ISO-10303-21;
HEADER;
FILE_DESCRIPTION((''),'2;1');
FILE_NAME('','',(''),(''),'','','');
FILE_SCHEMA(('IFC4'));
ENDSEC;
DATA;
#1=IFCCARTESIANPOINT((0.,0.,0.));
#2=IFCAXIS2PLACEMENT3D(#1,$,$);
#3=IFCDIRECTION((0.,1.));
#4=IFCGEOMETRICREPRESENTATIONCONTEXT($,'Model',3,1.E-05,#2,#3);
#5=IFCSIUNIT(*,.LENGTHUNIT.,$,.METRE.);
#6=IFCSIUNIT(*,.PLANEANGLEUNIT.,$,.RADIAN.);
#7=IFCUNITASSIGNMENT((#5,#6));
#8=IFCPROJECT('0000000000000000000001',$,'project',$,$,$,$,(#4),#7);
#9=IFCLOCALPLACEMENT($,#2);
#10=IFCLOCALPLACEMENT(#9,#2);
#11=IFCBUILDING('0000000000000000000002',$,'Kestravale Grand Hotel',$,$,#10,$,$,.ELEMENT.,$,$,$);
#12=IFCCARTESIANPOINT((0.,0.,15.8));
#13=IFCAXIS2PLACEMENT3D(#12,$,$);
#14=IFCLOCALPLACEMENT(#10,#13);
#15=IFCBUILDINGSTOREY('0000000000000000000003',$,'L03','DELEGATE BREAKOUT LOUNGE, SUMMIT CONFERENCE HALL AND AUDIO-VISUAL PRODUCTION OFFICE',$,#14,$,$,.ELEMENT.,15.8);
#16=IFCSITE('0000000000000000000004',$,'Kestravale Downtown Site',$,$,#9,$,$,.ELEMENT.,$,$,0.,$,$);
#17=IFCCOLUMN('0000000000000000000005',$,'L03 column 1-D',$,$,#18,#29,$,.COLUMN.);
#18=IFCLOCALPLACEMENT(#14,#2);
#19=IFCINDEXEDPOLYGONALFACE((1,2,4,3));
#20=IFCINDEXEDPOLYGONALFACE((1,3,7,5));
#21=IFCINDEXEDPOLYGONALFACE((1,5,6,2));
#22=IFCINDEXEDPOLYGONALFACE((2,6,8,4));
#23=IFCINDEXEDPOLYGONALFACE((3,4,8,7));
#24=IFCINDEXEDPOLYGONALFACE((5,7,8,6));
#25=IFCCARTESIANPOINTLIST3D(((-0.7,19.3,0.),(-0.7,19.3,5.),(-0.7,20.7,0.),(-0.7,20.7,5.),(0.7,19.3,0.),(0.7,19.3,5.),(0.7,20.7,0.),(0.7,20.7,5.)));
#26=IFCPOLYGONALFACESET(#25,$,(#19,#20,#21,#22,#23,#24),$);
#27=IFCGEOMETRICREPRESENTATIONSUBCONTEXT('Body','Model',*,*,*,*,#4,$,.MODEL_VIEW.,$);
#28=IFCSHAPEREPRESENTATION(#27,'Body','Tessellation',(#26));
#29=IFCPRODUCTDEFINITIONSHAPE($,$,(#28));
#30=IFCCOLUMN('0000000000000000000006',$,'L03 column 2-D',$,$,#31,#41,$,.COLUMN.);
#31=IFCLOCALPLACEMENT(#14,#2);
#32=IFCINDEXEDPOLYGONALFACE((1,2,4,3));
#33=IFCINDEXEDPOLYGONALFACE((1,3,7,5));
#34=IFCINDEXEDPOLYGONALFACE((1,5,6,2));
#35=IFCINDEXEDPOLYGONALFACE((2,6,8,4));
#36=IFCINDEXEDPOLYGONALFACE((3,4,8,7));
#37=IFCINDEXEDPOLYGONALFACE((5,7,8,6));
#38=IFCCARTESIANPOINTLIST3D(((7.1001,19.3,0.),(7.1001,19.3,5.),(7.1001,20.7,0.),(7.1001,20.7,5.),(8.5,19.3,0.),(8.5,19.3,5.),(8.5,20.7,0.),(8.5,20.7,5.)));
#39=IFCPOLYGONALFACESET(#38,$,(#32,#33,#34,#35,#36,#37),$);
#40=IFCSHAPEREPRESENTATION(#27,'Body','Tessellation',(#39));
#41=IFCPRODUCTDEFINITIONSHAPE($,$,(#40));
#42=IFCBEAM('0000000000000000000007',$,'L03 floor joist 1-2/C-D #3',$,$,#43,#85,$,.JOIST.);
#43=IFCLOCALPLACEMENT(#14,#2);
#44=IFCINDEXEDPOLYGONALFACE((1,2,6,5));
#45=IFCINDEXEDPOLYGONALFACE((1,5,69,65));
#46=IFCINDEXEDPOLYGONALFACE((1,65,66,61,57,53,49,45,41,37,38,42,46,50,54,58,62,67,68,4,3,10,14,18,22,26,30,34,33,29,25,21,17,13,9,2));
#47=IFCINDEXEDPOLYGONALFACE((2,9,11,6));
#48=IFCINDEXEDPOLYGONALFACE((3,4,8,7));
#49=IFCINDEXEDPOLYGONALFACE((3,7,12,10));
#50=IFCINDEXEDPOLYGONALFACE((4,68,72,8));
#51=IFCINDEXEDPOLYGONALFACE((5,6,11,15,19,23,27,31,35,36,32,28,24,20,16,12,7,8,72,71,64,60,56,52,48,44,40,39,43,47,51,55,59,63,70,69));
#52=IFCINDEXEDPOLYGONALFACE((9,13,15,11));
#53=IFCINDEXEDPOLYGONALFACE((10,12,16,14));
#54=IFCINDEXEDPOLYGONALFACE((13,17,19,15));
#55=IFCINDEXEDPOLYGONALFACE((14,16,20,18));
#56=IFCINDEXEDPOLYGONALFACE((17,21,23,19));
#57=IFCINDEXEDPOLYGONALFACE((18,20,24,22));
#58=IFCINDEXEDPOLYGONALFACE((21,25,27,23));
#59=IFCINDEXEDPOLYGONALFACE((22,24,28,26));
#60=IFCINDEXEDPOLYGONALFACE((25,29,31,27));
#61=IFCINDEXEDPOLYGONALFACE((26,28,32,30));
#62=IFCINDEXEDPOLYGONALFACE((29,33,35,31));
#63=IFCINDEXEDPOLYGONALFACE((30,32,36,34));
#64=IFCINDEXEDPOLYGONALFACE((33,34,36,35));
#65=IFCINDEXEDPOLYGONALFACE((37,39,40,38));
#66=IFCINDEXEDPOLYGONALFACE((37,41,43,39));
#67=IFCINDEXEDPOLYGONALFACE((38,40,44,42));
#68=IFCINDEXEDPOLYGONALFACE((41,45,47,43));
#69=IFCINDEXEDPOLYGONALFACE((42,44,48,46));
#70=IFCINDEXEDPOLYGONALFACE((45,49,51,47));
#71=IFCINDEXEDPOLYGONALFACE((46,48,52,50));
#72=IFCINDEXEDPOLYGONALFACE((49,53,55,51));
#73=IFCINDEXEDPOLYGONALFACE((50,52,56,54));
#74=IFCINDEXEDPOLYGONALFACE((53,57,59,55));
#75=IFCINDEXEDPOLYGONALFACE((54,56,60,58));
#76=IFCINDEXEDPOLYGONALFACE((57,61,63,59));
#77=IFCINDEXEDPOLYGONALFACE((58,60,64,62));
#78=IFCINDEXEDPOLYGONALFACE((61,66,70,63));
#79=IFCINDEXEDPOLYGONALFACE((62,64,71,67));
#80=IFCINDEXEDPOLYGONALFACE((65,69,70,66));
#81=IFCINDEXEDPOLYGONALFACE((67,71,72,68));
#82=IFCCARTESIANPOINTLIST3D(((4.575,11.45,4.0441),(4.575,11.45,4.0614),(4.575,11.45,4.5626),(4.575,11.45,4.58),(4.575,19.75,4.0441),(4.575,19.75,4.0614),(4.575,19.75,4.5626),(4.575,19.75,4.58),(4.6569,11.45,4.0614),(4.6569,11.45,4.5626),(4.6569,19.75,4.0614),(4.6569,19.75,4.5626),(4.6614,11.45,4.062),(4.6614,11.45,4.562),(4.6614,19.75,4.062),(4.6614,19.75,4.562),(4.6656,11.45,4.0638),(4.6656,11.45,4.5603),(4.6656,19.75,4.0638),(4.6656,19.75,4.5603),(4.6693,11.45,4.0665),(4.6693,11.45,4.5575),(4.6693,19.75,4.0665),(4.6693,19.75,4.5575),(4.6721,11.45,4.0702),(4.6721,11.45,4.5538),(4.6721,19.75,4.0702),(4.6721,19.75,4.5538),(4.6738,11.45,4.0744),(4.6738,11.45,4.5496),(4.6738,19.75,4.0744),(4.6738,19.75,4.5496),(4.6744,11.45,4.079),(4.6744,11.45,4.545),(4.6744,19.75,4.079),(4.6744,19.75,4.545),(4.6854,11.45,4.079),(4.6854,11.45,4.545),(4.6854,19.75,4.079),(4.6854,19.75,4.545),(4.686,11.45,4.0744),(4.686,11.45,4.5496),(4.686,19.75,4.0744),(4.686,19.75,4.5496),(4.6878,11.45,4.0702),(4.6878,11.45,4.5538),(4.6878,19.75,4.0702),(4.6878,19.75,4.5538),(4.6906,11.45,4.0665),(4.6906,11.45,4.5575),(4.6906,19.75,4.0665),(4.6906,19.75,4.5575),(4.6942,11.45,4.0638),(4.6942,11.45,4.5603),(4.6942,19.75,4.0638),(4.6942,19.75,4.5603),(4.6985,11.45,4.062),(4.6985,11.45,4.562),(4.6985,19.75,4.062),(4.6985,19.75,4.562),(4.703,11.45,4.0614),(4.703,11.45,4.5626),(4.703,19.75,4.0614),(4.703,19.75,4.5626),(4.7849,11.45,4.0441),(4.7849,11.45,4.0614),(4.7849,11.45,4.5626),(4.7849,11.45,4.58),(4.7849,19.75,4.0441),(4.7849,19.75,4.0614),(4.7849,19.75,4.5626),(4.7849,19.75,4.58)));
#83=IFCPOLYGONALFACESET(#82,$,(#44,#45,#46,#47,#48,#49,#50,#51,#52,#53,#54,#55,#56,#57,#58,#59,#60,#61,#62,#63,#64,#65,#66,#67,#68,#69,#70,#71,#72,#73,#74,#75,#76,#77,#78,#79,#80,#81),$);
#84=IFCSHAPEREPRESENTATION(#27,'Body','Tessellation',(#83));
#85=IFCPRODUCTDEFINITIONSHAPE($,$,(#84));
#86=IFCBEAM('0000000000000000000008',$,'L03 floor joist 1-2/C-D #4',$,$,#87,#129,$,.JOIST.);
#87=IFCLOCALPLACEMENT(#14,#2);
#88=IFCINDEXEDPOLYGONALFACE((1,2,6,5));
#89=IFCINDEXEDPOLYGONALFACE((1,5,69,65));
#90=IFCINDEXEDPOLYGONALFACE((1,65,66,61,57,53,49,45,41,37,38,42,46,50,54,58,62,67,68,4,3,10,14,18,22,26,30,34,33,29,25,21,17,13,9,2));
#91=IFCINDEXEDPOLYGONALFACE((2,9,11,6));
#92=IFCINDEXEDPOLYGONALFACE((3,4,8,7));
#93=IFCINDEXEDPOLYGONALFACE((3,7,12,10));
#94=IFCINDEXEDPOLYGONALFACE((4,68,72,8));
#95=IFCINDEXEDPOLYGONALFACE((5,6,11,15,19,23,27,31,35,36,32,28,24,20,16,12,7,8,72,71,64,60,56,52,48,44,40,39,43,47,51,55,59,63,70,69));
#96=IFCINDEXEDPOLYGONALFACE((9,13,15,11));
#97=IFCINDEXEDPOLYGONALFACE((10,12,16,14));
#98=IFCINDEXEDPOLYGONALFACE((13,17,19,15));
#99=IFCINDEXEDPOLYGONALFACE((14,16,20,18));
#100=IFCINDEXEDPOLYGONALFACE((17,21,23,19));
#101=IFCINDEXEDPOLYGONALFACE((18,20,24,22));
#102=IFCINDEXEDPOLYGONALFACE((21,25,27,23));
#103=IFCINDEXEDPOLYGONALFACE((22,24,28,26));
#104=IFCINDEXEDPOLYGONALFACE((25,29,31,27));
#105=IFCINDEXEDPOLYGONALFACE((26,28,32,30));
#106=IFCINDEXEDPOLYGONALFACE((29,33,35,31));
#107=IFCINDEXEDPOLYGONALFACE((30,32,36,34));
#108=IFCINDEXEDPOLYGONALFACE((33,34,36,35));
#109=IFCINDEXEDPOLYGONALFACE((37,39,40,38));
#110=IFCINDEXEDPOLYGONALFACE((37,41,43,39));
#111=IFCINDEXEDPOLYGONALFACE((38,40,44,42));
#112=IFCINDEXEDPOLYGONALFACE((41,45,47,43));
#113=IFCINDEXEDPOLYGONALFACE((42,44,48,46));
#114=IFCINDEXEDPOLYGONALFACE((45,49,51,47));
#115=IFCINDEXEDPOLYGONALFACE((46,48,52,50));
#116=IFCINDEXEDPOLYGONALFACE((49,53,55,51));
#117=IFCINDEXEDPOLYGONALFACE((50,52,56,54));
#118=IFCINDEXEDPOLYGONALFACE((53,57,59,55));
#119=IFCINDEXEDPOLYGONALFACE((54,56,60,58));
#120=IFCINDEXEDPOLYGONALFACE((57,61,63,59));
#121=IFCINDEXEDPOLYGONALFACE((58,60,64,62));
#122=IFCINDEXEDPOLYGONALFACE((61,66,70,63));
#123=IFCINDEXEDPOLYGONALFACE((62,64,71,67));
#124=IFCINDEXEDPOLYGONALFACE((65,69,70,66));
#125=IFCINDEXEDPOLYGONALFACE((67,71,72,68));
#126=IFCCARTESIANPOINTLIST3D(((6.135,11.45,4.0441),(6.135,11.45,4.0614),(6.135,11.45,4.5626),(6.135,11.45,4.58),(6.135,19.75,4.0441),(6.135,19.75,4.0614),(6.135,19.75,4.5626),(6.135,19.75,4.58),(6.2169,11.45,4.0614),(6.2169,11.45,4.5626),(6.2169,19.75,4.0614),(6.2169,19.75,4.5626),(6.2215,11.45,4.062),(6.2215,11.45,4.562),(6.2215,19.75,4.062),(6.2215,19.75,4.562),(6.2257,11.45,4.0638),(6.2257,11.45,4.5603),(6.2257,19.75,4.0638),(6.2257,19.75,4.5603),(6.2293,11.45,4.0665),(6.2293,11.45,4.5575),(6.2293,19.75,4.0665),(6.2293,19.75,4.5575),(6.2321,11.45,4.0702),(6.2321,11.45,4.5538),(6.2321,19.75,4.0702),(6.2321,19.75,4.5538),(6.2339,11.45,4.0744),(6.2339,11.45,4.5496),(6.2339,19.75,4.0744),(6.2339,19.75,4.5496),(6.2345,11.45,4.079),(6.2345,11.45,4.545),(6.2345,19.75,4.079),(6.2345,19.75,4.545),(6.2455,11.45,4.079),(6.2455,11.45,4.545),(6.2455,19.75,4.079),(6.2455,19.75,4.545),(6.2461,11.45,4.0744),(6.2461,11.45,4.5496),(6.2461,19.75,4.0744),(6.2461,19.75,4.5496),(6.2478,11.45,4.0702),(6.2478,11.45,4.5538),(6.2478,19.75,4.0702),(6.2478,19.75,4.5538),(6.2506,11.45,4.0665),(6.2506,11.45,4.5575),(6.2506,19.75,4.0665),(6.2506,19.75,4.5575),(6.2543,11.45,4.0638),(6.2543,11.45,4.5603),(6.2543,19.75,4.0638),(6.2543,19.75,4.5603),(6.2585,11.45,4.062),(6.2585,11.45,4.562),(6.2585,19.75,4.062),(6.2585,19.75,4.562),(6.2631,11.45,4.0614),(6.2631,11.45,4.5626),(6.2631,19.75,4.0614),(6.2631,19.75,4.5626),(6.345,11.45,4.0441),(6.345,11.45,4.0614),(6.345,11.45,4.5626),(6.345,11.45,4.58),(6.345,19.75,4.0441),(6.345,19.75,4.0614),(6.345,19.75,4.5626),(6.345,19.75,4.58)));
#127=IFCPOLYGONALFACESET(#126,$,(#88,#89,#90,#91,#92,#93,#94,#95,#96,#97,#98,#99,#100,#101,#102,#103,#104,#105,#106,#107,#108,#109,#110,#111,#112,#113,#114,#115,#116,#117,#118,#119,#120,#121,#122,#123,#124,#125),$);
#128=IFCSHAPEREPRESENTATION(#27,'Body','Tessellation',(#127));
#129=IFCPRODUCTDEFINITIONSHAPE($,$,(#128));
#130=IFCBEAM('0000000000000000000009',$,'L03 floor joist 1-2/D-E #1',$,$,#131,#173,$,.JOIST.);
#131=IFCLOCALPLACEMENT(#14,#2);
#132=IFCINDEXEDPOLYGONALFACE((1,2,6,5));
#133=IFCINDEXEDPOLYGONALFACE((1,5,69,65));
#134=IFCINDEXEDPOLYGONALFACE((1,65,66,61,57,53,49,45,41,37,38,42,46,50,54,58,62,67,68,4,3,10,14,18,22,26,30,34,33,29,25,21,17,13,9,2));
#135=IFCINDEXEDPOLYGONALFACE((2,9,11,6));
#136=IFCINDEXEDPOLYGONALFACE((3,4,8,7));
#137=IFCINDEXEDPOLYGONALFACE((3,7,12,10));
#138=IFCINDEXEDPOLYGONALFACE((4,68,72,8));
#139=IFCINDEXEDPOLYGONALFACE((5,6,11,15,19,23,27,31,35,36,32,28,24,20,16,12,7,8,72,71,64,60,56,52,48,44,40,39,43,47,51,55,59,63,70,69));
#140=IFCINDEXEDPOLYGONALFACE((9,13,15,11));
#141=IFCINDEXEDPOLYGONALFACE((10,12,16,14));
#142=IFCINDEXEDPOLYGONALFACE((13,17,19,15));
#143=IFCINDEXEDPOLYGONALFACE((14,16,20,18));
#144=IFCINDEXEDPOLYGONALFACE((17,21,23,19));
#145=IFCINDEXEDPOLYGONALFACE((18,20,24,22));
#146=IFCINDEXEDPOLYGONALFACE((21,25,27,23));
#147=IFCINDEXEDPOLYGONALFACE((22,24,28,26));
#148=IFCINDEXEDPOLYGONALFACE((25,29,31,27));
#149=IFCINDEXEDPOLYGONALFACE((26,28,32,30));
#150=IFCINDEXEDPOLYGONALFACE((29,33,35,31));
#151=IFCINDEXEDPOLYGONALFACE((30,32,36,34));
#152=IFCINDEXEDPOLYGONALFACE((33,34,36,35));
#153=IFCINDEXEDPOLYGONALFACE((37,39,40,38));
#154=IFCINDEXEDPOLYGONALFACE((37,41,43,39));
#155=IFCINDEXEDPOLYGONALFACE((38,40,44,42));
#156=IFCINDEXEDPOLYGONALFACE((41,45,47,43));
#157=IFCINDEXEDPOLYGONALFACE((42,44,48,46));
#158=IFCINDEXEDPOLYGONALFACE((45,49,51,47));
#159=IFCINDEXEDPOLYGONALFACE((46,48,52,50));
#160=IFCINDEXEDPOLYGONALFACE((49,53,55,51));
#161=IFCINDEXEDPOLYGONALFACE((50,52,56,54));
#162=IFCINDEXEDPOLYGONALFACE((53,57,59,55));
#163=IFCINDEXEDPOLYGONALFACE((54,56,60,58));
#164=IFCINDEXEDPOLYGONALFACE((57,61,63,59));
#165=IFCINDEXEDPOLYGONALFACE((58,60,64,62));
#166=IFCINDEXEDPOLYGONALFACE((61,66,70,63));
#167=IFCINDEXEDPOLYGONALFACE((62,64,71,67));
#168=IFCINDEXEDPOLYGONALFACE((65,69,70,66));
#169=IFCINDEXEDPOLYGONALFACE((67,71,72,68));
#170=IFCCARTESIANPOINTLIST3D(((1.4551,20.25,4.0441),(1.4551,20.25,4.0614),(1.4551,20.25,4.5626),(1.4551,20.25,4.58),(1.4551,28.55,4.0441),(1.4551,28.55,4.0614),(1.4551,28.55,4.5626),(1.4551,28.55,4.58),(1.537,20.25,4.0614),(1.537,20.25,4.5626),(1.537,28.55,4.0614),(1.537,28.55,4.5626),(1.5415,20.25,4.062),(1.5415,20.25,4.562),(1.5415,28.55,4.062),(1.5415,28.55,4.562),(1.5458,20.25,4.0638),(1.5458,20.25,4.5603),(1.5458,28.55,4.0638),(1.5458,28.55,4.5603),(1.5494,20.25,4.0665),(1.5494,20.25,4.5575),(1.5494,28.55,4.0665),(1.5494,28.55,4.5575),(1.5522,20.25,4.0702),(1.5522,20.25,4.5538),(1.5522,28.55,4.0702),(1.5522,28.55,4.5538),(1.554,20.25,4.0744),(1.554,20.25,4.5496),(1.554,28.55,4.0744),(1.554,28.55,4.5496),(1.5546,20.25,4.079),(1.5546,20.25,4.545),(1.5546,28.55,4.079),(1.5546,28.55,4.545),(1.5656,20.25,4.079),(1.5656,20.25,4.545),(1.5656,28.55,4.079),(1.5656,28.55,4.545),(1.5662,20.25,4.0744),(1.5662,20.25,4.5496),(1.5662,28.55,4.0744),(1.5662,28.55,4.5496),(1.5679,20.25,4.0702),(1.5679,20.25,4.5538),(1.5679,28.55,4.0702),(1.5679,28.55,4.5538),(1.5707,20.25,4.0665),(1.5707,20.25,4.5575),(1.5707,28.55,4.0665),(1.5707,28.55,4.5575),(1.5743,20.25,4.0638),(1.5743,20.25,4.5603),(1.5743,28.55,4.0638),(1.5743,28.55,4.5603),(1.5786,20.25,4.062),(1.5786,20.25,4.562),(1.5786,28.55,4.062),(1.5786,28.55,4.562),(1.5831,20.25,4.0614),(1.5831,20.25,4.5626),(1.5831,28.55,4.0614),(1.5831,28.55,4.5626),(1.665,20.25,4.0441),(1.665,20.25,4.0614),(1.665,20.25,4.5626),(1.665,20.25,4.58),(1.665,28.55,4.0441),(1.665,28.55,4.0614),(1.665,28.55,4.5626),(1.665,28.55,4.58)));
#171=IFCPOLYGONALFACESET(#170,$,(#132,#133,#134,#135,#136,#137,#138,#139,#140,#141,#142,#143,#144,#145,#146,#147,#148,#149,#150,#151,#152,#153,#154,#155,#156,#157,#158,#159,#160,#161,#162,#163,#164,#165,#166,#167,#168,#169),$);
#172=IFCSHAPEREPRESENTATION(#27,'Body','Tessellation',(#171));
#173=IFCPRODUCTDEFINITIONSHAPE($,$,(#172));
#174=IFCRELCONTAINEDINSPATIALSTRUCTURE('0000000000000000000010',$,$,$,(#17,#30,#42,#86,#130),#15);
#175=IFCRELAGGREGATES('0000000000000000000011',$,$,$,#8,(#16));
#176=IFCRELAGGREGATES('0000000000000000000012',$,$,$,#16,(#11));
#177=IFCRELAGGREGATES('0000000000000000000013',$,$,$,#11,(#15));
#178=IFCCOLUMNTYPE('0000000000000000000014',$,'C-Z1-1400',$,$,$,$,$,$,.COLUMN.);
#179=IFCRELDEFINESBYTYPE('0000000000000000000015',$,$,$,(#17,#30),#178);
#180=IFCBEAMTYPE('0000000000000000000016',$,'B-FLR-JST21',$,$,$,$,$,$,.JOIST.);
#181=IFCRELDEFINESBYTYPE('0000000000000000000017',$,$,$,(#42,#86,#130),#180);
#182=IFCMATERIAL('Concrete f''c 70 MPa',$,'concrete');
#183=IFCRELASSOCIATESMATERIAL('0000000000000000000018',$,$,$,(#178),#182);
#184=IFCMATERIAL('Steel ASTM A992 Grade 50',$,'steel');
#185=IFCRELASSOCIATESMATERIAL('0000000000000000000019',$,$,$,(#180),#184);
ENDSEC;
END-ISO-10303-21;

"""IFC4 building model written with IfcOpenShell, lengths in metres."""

from ifc_helpers import new_model, si_unit, direction, frame, origin, origin_2d, place, context, subcontext, project, spatial, rectangle, i_section, extrude, material, material_profile, profile_set, type_object, element, save


model = new_model("IFC4")

# Units and contexts
model_context = context("Model", 3, precision=1e-05, world=origin(), true_north=direction((0.0, 1.0)))
body_context = subcontext(model_context, "Body", "Model", "MODEL_VIEW")
ifc_project = project(units=[si_unit("LENGTHUNIT", "METRE"), si_unit("PLANEANGLEUNIT", "RADIAN")], contexts=[model_context])

# Site, building, storey
site_placement = place(None, origin())
site = spatial("IfcSite", under=ifc_project, at=site_placement, Name="Kestravale Downtown Site", CompositionType="ELEMENT", RefElevation=0.0)
building_placement = place(site_placement, origin())
building = spatial("IfcBuilding", under=site, at=building_placement, Name="Kestravale Grand Hotel", CompositionType="ELEMENT")
storey_placement = place(building_placement, frame((0.0, 0.0, 15.8)))
storey = spatial("IfcBuildingStorey", under=building, at=storey_placement, Name="L03", Description="DELEGATE BREAKOUT LOUNGE, SUMMIT CONFERENCE HALL AND AUDIO-VISUAL PRODUCTION OFFICE", CompositionType="ELEMENT", Elevation=15.8)

# Columns
ifc_material_1 = material(Name="Concrete f'c 70 MPa", Category="concrete")
ifc_material_profile_1 = material_profile(ifc_material_1, rectangle(XDim=1.3999, YDim=1.3999, at=origin_2d()))
ifc_profile_set_1 = profile_set([ifc_material_profile_1], Name="Concrete f'c 70 MPa")
column_type = type_object("IfcColumnType", Name="C-Z1-1400", PredefinedType="COLUMN", material=ifc_profile_set_1)
for number, where, z_axis, x_axis, name in (
    (1, (0.0, 20.0, 0.0), (0.0, 0.0, 1.0), (1.0, 0.0, 0.0), "L03 column 1-D"),
    (2, (7.8, 20.0, 0.0), (0.0, 0.0, 1.0), (1.0, 0.0, 0.0), "L03 column 2-D"),
):
    element("IfcColumn", number, at=place(storey_placement, frame(where, z_axis=z_axis, x_axis=x_axis)), inside=storey, type_object=column_type, Name=name, PredefinedType="COLUMN", context=body_context, shape_type="SweptSolid", body=[
        extrude(rectangle(XDim=1.3999, YDim=1.3999, at=origin_2d()), origin(), (0.0, 0.0, 1.0), 5.0),
    ])

# Beams
ifc_material_2 = material(Name="Steel ASTM A992 Grade 50", Category="steel")
ifc_material_profile_2 = material_profile(ifc_material_2, i_section(OverallWidth=0.21, OverallDepth=0.5359, WebThickness=0.011, FlangeThickness=0.0173, FilletRadius=0.0176, at=origin_2d()))
ifc_profile_set_2 = profile_set([ifc_material_profile_2], Name="Steel ASTM A992 Grade 50")
beam_type_1 = type_object("IfcBeamType", Name="B-FLR-JST21", PredefinedType="JOIST", material=ifc_profile_set_2)
for number, where, z_axis, x_axis, name in (
    (3, (4.6799, 11.45, 4.312), (0.0, 1.0, 0.0), (-1.0, 0.0, 0.0), "L03 floor joist 1-2/C-D #3"),
    (4, (6.24, 11.45, 4.312), (0.0, 1.0, 0.0), (-1.0, 0.0, 0.0), "L03 floor joist 1-2/C-D #4"),
    (5, (1.5601, 20.25, 4.312), (0.0, 1.0, 0.0), (-1.0, 0.0, 0.0), "L03 floor joist 1-2/D-E #1"),
):
    element("IfcBeam", number, at=place(storey_placement, frame(where, z_axis=z_axis, x_axis=x_axis)), inside=storey, type_object=beam_type_1, Name=name, PredefinedType="JOIST", context=body_context, shape_type="SweptSolid", body=[
        extrude(i_section(OverallWidth=0.21, OverallDepth=0.5359, WebThickness=0.011, FlangeThickness=0.0173, FilletRadius=0.0176, at=origin_2d()), origin(), (0.0, 0.0, 1.0), 8.3),
    ])

save(model, "model.ifc")
